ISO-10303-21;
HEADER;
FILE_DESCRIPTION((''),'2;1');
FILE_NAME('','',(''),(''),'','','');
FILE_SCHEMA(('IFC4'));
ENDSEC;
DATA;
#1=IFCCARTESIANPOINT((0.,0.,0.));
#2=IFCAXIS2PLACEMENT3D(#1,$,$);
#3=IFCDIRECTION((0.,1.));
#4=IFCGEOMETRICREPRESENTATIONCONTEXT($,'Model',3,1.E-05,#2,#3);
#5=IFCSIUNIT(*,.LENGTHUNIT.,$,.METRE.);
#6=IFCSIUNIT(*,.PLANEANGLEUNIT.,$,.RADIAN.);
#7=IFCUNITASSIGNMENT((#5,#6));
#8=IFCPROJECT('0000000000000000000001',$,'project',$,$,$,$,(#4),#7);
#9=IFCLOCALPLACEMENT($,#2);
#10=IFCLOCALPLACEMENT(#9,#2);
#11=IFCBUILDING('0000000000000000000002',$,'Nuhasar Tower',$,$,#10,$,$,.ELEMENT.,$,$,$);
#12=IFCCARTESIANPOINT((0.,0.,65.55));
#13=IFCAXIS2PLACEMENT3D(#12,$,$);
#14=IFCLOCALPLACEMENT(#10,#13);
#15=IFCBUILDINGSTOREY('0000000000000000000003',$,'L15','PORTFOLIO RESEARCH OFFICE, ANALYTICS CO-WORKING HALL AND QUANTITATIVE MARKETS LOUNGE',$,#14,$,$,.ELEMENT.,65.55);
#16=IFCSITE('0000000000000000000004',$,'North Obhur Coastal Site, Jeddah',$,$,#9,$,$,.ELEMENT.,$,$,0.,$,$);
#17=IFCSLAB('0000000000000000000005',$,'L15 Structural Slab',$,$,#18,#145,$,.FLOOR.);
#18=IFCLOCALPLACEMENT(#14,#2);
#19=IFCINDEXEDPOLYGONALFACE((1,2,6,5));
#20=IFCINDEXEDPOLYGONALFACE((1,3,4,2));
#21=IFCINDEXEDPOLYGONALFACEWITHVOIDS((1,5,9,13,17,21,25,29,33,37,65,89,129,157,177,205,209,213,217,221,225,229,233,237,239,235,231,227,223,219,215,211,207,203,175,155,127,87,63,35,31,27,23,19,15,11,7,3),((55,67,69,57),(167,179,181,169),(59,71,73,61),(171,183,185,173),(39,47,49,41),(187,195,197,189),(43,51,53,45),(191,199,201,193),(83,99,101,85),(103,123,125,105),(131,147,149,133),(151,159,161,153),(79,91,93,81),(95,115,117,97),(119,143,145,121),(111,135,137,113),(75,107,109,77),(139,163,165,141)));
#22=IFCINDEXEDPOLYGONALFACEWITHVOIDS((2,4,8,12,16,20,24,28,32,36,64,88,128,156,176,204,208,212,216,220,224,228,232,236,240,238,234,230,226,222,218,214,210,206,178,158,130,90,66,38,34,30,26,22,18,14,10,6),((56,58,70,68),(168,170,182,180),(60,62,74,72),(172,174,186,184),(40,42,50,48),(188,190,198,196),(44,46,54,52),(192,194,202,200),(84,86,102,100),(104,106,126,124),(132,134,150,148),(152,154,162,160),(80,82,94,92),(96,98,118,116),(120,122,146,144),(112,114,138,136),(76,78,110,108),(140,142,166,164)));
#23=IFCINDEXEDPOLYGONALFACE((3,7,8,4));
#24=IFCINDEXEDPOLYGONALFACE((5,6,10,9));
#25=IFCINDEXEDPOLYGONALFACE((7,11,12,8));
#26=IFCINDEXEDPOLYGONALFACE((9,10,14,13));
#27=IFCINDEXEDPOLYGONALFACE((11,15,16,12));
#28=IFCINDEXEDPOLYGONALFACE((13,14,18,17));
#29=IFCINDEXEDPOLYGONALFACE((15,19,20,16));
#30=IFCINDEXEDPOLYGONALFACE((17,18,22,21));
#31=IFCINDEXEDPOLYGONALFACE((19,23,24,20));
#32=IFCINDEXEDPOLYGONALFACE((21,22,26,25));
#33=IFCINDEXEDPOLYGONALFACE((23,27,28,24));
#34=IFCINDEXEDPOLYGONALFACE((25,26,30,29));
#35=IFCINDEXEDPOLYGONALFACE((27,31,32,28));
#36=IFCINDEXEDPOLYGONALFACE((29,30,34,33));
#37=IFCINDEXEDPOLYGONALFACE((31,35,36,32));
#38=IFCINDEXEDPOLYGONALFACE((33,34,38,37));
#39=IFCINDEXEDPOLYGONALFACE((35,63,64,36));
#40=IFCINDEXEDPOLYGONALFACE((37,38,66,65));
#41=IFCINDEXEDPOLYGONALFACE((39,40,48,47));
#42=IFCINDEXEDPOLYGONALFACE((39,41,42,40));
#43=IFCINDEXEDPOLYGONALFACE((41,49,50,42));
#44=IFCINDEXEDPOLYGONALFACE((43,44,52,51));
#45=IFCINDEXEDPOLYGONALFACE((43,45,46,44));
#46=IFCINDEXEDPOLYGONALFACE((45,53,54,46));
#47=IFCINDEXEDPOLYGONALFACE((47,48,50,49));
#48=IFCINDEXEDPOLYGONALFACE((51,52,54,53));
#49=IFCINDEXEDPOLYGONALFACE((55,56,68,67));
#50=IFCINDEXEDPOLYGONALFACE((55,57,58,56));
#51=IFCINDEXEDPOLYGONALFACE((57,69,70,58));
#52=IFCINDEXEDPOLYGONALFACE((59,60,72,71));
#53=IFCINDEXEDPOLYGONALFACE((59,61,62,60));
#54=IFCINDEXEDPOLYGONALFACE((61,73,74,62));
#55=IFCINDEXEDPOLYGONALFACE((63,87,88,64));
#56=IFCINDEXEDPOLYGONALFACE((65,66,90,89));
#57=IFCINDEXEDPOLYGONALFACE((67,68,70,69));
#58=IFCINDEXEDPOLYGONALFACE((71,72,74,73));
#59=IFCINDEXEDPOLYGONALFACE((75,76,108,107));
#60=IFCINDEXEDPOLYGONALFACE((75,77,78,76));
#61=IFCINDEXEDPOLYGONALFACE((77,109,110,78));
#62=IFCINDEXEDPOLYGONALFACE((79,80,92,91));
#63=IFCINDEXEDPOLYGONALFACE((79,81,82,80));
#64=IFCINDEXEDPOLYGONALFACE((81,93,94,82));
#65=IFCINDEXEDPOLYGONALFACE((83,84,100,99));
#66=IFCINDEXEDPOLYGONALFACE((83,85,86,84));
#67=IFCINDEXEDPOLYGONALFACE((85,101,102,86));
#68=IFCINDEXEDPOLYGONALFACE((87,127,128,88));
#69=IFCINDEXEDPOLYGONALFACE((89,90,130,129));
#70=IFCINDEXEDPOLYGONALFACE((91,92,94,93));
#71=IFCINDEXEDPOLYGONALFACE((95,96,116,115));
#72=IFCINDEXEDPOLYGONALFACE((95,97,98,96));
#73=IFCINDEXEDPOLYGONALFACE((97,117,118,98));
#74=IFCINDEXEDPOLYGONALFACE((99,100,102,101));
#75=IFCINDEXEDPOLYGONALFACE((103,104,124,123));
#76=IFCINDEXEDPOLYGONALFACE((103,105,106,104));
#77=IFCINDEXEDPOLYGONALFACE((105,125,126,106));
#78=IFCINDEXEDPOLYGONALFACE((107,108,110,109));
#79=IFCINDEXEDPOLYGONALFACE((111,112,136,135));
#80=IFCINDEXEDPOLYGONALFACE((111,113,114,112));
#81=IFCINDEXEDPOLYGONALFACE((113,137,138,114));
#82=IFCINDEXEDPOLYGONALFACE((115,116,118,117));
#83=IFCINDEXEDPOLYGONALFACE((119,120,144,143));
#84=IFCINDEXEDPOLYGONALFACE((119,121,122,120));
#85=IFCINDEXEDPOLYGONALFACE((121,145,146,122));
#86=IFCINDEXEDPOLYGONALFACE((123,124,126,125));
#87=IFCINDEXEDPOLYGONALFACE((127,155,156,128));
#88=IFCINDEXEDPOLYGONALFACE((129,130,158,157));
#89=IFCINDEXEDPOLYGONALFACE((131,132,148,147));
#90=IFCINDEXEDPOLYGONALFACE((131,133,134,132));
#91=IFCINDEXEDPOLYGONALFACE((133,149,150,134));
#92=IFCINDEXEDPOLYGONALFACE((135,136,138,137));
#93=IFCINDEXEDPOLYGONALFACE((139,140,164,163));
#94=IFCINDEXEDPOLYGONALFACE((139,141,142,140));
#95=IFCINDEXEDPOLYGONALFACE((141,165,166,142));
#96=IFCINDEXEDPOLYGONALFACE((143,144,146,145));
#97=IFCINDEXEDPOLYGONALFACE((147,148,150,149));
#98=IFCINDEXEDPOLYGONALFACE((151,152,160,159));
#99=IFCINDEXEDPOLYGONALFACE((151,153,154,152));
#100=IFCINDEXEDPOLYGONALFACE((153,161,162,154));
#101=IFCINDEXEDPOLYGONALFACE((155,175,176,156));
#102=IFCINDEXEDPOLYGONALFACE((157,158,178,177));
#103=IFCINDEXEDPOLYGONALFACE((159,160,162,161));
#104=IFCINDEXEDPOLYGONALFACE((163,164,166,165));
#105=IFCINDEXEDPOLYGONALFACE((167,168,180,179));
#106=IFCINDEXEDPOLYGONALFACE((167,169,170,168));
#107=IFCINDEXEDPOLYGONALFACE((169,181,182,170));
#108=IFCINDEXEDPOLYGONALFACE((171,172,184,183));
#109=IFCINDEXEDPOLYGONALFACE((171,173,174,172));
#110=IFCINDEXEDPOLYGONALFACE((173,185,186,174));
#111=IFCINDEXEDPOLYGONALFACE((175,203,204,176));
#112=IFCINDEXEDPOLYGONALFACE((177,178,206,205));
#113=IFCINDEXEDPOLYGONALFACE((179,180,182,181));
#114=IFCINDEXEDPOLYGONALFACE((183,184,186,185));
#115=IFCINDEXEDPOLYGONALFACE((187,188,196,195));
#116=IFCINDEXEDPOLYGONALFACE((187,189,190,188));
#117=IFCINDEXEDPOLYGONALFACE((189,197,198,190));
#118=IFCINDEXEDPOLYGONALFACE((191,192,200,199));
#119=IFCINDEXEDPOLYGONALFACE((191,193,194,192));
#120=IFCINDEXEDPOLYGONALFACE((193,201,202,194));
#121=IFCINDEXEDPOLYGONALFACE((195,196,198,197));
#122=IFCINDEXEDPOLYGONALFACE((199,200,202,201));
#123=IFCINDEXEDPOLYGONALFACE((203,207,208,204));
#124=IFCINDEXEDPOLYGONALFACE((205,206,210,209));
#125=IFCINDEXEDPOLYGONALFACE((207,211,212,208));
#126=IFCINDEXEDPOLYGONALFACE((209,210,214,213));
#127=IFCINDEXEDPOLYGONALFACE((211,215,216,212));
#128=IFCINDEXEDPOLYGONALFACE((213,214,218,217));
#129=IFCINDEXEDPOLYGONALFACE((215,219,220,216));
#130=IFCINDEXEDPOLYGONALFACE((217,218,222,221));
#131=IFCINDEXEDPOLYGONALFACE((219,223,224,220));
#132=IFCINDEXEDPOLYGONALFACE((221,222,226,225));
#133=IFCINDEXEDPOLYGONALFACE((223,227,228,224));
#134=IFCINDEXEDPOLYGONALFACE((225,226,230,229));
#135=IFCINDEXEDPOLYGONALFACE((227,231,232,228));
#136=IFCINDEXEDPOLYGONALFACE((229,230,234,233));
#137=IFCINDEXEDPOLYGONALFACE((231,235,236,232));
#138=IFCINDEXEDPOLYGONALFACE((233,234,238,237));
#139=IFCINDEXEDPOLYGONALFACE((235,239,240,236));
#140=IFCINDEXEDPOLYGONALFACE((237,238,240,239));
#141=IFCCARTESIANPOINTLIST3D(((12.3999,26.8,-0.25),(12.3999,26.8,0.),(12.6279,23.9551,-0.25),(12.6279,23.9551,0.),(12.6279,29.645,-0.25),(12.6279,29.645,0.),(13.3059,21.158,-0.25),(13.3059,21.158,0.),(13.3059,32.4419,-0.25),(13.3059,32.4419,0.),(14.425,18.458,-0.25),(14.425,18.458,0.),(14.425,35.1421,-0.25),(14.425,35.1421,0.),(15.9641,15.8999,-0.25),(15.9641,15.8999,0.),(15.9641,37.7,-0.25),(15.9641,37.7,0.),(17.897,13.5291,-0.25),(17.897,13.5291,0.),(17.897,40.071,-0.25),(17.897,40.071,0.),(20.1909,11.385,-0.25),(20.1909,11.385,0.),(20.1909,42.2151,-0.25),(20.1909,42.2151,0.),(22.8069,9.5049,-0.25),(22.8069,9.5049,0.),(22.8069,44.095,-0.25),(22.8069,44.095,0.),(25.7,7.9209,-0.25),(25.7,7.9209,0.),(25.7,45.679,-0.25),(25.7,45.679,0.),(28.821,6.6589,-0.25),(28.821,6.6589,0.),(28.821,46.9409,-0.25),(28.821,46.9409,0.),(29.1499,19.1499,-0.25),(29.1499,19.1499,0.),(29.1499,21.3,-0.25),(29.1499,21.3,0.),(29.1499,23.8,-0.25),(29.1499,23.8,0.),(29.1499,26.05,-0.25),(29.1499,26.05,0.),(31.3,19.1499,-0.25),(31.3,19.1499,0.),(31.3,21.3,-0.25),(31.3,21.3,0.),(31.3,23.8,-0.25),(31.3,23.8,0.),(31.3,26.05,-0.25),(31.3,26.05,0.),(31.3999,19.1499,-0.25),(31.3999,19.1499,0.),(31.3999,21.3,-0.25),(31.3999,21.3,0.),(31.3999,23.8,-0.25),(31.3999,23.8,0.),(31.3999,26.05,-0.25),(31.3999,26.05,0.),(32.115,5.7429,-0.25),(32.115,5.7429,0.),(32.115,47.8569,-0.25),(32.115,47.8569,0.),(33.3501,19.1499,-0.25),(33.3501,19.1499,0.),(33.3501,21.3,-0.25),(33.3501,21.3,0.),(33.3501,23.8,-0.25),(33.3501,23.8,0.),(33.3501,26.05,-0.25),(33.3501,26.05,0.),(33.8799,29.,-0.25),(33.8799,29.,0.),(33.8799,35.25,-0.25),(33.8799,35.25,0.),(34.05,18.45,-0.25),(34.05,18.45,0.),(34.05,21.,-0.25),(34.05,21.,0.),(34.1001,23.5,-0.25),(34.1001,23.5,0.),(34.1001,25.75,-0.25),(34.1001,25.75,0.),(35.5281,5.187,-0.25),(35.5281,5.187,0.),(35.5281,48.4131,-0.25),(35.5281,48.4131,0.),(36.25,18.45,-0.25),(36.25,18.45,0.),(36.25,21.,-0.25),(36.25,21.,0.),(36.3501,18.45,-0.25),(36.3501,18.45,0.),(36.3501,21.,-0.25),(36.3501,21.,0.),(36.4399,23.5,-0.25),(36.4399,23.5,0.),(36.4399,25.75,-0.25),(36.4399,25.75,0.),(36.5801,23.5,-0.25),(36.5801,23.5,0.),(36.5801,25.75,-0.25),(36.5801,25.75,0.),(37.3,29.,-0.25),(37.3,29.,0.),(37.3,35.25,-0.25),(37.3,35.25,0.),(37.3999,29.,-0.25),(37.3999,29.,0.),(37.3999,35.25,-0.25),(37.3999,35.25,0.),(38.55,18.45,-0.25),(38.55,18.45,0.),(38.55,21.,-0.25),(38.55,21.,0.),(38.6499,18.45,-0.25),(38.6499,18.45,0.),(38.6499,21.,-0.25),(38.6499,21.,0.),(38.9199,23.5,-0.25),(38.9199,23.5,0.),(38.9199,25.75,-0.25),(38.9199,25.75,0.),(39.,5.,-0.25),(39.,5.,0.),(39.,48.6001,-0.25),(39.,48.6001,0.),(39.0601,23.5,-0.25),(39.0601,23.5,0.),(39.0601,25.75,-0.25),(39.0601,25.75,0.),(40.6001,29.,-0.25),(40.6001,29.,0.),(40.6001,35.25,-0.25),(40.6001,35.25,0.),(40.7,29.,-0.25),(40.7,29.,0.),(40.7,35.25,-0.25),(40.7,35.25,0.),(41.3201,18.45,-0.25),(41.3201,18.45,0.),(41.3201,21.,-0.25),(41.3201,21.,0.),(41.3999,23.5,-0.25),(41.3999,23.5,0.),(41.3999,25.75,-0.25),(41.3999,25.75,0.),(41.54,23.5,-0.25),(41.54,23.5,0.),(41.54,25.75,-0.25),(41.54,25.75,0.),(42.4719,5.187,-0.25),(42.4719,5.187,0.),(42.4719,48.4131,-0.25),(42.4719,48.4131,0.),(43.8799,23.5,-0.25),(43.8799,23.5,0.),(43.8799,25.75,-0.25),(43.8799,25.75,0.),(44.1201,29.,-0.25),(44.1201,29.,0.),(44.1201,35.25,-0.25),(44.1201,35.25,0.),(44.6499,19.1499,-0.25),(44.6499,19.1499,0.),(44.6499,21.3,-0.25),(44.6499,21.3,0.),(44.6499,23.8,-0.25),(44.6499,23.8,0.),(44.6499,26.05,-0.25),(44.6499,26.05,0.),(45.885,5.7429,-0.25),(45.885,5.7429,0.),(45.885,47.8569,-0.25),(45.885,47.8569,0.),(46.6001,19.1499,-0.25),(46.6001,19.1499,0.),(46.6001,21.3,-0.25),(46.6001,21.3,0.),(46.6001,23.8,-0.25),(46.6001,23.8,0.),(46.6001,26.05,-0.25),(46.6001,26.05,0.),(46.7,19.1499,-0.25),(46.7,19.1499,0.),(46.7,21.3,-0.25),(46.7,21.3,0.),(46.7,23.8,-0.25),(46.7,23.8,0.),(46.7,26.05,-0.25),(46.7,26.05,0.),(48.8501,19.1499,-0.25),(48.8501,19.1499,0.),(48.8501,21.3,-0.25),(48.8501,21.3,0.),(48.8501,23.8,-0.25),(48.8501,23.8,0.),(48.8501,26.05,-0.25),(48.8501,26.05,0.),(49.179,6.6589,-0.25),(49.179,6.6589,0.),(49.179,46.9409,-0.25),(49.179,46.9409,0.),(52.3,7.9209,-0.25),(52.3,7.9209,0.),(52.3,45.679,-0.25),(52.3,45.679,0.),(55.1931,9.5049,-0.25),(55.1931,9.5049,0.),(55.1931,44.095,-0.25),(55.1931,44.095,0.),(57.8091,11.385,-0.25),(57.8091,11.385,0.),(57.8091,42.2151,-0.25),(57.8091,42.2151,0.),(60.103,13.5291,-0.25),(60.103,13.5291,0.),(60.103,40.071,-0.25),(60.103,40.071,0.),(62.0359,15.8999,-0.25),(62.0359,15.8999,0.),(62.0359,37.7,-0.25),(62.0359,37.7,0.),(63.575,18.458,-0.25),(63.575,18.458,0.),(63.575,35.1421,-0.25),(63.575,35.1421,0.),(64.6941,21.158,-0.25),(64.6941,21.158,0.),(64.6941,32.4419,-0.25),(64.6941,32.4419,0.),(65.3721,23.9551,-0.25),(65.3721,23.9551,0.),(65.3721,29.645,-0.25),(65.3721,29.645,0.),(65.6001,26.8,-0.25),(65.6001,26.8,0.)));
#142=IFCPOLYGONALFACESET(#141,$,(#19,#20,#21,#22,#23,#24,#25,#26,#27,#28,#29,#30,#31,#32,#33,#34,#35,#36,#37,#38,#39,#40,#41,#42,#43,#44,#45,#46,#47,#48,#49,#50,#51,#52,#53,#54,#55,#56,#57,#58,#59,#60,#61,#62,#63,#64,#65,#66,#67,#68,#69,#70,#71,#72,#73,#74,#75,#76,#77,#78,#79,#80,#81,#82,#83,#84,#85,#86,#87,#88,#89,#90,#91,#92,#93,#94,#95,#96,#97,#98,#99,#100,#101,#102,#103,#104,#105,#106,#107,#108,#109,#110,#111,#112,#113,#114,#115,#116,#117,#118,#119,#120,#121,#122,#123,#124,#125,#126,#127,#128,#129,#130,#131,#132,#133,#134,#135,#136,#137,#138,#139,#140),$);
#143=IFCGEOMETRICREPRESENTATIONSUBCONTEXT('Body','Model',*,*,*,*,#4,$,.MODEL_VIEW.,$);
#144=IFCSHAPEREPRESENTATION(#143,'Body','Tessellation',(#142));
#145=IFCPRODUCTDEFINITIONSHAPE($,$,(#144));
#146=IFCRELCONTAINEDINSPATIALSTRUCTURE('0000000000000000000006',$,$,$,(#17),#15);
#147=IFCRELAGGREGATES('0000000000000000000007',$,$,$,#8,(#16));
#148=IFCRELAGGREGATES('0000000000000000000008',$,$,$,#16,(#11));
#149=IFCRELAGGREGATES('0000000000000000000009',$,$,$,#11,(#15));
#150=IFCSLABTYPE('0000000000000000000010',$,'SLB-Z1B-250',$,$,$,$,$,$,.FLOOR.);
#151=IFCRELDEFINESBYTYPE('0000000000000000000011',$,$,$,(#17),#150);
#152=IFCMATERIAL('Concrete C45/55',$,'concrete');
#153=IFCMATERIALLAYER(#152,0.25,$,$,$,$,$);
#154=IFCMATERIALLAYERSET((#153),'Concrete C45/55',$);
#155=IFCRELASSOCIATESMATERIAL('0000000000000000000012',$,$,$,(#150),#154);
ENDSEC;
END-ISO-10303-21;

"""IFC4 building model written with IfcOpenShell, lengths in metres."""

from ifc_helpers import new_model, si_unit, direction, frame, origin, place, context, subcontext, project, spatial, polyline, outline, extrude, material, layer, layer_set, type_object, element, save


model = new_model("IFC4")

# Units and contexts
model_context = context("Model", 3, precision=1e-05, world=origin(), true_north=direction((0.0, 1.0)))
body_context = subcontext(model_context, "Body", "Model", "MODEL_VIEW")
ifc_project = project(units=[si_unit("LENGTHUNIT", "METRE"), si_unit("PLANEANGLEUNIT", "RADIAN")], contexts=[model_context])

# Site, building, storey
site_placement = place(None, origin())
site = spatial("IfcSite", under=ifc_project, at=site_placement, Name="North Obhur Coastal Site, Jeddah", CompositionType="ELEMENT", RefElevation=0.0)
building_placement = place(site_placement, origin())
building = spatial("IfcBuilding", under=site, at=building_placement, Name="Nuhasar Tower", CompositionType="ELEMENT")
storey_placement = place(building_placement, frame((0.0, 0.0, 65.55)))
storey = spatial("IfcBuildingStorey", under=building, at=storey_placement, Name="L15", Description="PORTFOLIO RESEARCH OFFICE, ANALYTICS CO-WORKING HALL AND QUANTITATIVE MARKETS LOUNGE", CompositionType="ELEMENT", Elevation=65.55)

# Shared definitions
ifc_material_1 = material(Name="Concrete C45/55", Category="concrete")

# Slab
ifc_layer_1 = layer(ifc_material_1, 0.25)
ifc_layer_set_1 = layer_set([ifc_layer_1], Name="Concrete C45/55")
slab_type_1 = type_object("IfcSlabType", Name="SLB-Z1B-250", PredefinedType="FLOOR", material=ifc_layer_set_1)
slab_1_placement = place(storey_placement, frame((0.0, 0.0, -0.25)))
element("IfcSlab", 1, at=slab_1_placement, inside=storey, type_object=slab_type_1, Name="L15 Structural Slab", PredefinedType="FLOOR", context=body_context, shape_type="SweptSolid", body=[
    extrude(outline(polyline([(65.6001, 26.8), (65.3721, 29.645), (64.6941, 32.4419), (63.575, 35.1421), (62.0359, 37.7), (60.103, 40.071), (57.8091, 42.2151), (55.1931, 44.095), (52.3, 45.679), (49.179, 46.9409), (45.885, 47.8569), (42.4719, 48.4131), (39.0, 48.6001), (35.5281, 48.4131), (32.115, 47.8569), (28.821, 46.9409), (25.7, 45.679), (22.8069, 44.095), (20.1909, 42.2151), (17.897, 40.071), (15.9641, 37.7), (14.425, 35.1421), (13.3059, 32.4419), (12.6279, 29.645), (12.3999, 26.8), (12.6279, 23.9551), (13.3059, 21.158), (14.425, 18.458), (15.9641, 15.8999), (17.897, 13.5291), (20.1909, 11.385), (22.8069, 9.5049), (25.7, 7.9209), (28.821, 6.6589), (32.115, 5.7429), (35.5281, 5.187), (39.0, 5.0), (42.4719, 5.187), (45.885, 5.7429), (49.179, 6.6589), (52.3, 7.9209), (55.1931, 9.5049), (57.8091, 11.385), (60.103, 13.5291), (62.0359, 15.8999), (63.575, 18.458), (64.6941, 21.158), (65.3721, 23.9551), (65.6001, 26.8)]), holes=[polyline([(33.8799, 35.25), (37.3, 35.25), (37.3, 29.0), (33.8799, 29.0), (33.8799, 35.25)]), polyline([(37.3999, 35.25), (40.6001, 35.25), (40.6001, 29.0), (37.3999, 29.0), (37.3999, 35.25)]), polyline([(40.7, 35.25), (44.1201, 35.25), (44.1201, 29.0), (40.7, 29.0), (40.7, 35.25)]), polyline([(29.1499, 26.05), (31.3, 26.05), (31.3, 23.8), (29.1499, 23.8), (29.1499, 26.05)]), polyline([(31.3999, 26.05), (33.3501, 26.05), (33.3501, 23.8), (31.3999, 23.8), (31.3999, 26.05)]), polyline([(29.1499, 21.3), (31.3, 21.3), (31.3, 19.1499), (29.1499, 19.1499), (29.1499, 21.3)]), polyline([(31.3999, 21.3), (33.3501, 21.3), (33.3501, 19.1499), (31.3999, 19.1499), (31.3999, 21.3)]), polyline([(44.6499, 26.05), (46.6001, 26.05), (46.6001, 23.8), (44.6499, 23.8), (44.6499, 26.05)]), polyline([(46.7, 26.05), (48.8501, 26.05), (48.8501, 23.8), (46.7, 23.8), (46.7, 26.05)]), polyline([(44.6499, 21.3), (46.6001, 21.3), (46.6001, 19.1499), (44.6499, 19.1499), (44.6499, 21.3)]), polyline([(46.7, 21.3), (48.8501, 21.3), (48.8501, 19.1499), (46.7, 19.1499), (46.7, 21.3)]), polyline([(34.1001, 25.75), (36.4399, 25.75), (36.4399, 23.5), (34.1001, 23.5), (34.1001, 25.75)]), polyline([(36.5801, 25.75), (38.9199, 25.75), (38.9199, 23.5), (36.5801, 23.5), (36.5801, 25.75)]), polyline([(39.0601, 25.75), (41.3999, 25.75), (41.3999, 23.5), (39.0601, 23.5), (39.0601, 25.75)]), polyline([(41.54, 25.75), (43.8799, 25.75), (43.8799, 23.5), (41.54, 23.5), (41.54, 25.75)]), polyline([(34.05, 21.0), (36.25, 21.0), (36.25, 18.45), (34.05, 18.45), (34.05, 21.0)]), polyline([(36.3501, 21.0), (38.55, 21.0), (38.55, 18.45), (36.3501, 18.45), (36.3501, 21.0)]), polyline([(38.6499, 21.0), (41.3201, 21.0), (41.3201, 18.45), (38.6499, 18.45), (38.6499, 21.0)])]), origin(), (0.0, 0.0, 1.0), 0.25),
])

save(model, "model.ifc")
